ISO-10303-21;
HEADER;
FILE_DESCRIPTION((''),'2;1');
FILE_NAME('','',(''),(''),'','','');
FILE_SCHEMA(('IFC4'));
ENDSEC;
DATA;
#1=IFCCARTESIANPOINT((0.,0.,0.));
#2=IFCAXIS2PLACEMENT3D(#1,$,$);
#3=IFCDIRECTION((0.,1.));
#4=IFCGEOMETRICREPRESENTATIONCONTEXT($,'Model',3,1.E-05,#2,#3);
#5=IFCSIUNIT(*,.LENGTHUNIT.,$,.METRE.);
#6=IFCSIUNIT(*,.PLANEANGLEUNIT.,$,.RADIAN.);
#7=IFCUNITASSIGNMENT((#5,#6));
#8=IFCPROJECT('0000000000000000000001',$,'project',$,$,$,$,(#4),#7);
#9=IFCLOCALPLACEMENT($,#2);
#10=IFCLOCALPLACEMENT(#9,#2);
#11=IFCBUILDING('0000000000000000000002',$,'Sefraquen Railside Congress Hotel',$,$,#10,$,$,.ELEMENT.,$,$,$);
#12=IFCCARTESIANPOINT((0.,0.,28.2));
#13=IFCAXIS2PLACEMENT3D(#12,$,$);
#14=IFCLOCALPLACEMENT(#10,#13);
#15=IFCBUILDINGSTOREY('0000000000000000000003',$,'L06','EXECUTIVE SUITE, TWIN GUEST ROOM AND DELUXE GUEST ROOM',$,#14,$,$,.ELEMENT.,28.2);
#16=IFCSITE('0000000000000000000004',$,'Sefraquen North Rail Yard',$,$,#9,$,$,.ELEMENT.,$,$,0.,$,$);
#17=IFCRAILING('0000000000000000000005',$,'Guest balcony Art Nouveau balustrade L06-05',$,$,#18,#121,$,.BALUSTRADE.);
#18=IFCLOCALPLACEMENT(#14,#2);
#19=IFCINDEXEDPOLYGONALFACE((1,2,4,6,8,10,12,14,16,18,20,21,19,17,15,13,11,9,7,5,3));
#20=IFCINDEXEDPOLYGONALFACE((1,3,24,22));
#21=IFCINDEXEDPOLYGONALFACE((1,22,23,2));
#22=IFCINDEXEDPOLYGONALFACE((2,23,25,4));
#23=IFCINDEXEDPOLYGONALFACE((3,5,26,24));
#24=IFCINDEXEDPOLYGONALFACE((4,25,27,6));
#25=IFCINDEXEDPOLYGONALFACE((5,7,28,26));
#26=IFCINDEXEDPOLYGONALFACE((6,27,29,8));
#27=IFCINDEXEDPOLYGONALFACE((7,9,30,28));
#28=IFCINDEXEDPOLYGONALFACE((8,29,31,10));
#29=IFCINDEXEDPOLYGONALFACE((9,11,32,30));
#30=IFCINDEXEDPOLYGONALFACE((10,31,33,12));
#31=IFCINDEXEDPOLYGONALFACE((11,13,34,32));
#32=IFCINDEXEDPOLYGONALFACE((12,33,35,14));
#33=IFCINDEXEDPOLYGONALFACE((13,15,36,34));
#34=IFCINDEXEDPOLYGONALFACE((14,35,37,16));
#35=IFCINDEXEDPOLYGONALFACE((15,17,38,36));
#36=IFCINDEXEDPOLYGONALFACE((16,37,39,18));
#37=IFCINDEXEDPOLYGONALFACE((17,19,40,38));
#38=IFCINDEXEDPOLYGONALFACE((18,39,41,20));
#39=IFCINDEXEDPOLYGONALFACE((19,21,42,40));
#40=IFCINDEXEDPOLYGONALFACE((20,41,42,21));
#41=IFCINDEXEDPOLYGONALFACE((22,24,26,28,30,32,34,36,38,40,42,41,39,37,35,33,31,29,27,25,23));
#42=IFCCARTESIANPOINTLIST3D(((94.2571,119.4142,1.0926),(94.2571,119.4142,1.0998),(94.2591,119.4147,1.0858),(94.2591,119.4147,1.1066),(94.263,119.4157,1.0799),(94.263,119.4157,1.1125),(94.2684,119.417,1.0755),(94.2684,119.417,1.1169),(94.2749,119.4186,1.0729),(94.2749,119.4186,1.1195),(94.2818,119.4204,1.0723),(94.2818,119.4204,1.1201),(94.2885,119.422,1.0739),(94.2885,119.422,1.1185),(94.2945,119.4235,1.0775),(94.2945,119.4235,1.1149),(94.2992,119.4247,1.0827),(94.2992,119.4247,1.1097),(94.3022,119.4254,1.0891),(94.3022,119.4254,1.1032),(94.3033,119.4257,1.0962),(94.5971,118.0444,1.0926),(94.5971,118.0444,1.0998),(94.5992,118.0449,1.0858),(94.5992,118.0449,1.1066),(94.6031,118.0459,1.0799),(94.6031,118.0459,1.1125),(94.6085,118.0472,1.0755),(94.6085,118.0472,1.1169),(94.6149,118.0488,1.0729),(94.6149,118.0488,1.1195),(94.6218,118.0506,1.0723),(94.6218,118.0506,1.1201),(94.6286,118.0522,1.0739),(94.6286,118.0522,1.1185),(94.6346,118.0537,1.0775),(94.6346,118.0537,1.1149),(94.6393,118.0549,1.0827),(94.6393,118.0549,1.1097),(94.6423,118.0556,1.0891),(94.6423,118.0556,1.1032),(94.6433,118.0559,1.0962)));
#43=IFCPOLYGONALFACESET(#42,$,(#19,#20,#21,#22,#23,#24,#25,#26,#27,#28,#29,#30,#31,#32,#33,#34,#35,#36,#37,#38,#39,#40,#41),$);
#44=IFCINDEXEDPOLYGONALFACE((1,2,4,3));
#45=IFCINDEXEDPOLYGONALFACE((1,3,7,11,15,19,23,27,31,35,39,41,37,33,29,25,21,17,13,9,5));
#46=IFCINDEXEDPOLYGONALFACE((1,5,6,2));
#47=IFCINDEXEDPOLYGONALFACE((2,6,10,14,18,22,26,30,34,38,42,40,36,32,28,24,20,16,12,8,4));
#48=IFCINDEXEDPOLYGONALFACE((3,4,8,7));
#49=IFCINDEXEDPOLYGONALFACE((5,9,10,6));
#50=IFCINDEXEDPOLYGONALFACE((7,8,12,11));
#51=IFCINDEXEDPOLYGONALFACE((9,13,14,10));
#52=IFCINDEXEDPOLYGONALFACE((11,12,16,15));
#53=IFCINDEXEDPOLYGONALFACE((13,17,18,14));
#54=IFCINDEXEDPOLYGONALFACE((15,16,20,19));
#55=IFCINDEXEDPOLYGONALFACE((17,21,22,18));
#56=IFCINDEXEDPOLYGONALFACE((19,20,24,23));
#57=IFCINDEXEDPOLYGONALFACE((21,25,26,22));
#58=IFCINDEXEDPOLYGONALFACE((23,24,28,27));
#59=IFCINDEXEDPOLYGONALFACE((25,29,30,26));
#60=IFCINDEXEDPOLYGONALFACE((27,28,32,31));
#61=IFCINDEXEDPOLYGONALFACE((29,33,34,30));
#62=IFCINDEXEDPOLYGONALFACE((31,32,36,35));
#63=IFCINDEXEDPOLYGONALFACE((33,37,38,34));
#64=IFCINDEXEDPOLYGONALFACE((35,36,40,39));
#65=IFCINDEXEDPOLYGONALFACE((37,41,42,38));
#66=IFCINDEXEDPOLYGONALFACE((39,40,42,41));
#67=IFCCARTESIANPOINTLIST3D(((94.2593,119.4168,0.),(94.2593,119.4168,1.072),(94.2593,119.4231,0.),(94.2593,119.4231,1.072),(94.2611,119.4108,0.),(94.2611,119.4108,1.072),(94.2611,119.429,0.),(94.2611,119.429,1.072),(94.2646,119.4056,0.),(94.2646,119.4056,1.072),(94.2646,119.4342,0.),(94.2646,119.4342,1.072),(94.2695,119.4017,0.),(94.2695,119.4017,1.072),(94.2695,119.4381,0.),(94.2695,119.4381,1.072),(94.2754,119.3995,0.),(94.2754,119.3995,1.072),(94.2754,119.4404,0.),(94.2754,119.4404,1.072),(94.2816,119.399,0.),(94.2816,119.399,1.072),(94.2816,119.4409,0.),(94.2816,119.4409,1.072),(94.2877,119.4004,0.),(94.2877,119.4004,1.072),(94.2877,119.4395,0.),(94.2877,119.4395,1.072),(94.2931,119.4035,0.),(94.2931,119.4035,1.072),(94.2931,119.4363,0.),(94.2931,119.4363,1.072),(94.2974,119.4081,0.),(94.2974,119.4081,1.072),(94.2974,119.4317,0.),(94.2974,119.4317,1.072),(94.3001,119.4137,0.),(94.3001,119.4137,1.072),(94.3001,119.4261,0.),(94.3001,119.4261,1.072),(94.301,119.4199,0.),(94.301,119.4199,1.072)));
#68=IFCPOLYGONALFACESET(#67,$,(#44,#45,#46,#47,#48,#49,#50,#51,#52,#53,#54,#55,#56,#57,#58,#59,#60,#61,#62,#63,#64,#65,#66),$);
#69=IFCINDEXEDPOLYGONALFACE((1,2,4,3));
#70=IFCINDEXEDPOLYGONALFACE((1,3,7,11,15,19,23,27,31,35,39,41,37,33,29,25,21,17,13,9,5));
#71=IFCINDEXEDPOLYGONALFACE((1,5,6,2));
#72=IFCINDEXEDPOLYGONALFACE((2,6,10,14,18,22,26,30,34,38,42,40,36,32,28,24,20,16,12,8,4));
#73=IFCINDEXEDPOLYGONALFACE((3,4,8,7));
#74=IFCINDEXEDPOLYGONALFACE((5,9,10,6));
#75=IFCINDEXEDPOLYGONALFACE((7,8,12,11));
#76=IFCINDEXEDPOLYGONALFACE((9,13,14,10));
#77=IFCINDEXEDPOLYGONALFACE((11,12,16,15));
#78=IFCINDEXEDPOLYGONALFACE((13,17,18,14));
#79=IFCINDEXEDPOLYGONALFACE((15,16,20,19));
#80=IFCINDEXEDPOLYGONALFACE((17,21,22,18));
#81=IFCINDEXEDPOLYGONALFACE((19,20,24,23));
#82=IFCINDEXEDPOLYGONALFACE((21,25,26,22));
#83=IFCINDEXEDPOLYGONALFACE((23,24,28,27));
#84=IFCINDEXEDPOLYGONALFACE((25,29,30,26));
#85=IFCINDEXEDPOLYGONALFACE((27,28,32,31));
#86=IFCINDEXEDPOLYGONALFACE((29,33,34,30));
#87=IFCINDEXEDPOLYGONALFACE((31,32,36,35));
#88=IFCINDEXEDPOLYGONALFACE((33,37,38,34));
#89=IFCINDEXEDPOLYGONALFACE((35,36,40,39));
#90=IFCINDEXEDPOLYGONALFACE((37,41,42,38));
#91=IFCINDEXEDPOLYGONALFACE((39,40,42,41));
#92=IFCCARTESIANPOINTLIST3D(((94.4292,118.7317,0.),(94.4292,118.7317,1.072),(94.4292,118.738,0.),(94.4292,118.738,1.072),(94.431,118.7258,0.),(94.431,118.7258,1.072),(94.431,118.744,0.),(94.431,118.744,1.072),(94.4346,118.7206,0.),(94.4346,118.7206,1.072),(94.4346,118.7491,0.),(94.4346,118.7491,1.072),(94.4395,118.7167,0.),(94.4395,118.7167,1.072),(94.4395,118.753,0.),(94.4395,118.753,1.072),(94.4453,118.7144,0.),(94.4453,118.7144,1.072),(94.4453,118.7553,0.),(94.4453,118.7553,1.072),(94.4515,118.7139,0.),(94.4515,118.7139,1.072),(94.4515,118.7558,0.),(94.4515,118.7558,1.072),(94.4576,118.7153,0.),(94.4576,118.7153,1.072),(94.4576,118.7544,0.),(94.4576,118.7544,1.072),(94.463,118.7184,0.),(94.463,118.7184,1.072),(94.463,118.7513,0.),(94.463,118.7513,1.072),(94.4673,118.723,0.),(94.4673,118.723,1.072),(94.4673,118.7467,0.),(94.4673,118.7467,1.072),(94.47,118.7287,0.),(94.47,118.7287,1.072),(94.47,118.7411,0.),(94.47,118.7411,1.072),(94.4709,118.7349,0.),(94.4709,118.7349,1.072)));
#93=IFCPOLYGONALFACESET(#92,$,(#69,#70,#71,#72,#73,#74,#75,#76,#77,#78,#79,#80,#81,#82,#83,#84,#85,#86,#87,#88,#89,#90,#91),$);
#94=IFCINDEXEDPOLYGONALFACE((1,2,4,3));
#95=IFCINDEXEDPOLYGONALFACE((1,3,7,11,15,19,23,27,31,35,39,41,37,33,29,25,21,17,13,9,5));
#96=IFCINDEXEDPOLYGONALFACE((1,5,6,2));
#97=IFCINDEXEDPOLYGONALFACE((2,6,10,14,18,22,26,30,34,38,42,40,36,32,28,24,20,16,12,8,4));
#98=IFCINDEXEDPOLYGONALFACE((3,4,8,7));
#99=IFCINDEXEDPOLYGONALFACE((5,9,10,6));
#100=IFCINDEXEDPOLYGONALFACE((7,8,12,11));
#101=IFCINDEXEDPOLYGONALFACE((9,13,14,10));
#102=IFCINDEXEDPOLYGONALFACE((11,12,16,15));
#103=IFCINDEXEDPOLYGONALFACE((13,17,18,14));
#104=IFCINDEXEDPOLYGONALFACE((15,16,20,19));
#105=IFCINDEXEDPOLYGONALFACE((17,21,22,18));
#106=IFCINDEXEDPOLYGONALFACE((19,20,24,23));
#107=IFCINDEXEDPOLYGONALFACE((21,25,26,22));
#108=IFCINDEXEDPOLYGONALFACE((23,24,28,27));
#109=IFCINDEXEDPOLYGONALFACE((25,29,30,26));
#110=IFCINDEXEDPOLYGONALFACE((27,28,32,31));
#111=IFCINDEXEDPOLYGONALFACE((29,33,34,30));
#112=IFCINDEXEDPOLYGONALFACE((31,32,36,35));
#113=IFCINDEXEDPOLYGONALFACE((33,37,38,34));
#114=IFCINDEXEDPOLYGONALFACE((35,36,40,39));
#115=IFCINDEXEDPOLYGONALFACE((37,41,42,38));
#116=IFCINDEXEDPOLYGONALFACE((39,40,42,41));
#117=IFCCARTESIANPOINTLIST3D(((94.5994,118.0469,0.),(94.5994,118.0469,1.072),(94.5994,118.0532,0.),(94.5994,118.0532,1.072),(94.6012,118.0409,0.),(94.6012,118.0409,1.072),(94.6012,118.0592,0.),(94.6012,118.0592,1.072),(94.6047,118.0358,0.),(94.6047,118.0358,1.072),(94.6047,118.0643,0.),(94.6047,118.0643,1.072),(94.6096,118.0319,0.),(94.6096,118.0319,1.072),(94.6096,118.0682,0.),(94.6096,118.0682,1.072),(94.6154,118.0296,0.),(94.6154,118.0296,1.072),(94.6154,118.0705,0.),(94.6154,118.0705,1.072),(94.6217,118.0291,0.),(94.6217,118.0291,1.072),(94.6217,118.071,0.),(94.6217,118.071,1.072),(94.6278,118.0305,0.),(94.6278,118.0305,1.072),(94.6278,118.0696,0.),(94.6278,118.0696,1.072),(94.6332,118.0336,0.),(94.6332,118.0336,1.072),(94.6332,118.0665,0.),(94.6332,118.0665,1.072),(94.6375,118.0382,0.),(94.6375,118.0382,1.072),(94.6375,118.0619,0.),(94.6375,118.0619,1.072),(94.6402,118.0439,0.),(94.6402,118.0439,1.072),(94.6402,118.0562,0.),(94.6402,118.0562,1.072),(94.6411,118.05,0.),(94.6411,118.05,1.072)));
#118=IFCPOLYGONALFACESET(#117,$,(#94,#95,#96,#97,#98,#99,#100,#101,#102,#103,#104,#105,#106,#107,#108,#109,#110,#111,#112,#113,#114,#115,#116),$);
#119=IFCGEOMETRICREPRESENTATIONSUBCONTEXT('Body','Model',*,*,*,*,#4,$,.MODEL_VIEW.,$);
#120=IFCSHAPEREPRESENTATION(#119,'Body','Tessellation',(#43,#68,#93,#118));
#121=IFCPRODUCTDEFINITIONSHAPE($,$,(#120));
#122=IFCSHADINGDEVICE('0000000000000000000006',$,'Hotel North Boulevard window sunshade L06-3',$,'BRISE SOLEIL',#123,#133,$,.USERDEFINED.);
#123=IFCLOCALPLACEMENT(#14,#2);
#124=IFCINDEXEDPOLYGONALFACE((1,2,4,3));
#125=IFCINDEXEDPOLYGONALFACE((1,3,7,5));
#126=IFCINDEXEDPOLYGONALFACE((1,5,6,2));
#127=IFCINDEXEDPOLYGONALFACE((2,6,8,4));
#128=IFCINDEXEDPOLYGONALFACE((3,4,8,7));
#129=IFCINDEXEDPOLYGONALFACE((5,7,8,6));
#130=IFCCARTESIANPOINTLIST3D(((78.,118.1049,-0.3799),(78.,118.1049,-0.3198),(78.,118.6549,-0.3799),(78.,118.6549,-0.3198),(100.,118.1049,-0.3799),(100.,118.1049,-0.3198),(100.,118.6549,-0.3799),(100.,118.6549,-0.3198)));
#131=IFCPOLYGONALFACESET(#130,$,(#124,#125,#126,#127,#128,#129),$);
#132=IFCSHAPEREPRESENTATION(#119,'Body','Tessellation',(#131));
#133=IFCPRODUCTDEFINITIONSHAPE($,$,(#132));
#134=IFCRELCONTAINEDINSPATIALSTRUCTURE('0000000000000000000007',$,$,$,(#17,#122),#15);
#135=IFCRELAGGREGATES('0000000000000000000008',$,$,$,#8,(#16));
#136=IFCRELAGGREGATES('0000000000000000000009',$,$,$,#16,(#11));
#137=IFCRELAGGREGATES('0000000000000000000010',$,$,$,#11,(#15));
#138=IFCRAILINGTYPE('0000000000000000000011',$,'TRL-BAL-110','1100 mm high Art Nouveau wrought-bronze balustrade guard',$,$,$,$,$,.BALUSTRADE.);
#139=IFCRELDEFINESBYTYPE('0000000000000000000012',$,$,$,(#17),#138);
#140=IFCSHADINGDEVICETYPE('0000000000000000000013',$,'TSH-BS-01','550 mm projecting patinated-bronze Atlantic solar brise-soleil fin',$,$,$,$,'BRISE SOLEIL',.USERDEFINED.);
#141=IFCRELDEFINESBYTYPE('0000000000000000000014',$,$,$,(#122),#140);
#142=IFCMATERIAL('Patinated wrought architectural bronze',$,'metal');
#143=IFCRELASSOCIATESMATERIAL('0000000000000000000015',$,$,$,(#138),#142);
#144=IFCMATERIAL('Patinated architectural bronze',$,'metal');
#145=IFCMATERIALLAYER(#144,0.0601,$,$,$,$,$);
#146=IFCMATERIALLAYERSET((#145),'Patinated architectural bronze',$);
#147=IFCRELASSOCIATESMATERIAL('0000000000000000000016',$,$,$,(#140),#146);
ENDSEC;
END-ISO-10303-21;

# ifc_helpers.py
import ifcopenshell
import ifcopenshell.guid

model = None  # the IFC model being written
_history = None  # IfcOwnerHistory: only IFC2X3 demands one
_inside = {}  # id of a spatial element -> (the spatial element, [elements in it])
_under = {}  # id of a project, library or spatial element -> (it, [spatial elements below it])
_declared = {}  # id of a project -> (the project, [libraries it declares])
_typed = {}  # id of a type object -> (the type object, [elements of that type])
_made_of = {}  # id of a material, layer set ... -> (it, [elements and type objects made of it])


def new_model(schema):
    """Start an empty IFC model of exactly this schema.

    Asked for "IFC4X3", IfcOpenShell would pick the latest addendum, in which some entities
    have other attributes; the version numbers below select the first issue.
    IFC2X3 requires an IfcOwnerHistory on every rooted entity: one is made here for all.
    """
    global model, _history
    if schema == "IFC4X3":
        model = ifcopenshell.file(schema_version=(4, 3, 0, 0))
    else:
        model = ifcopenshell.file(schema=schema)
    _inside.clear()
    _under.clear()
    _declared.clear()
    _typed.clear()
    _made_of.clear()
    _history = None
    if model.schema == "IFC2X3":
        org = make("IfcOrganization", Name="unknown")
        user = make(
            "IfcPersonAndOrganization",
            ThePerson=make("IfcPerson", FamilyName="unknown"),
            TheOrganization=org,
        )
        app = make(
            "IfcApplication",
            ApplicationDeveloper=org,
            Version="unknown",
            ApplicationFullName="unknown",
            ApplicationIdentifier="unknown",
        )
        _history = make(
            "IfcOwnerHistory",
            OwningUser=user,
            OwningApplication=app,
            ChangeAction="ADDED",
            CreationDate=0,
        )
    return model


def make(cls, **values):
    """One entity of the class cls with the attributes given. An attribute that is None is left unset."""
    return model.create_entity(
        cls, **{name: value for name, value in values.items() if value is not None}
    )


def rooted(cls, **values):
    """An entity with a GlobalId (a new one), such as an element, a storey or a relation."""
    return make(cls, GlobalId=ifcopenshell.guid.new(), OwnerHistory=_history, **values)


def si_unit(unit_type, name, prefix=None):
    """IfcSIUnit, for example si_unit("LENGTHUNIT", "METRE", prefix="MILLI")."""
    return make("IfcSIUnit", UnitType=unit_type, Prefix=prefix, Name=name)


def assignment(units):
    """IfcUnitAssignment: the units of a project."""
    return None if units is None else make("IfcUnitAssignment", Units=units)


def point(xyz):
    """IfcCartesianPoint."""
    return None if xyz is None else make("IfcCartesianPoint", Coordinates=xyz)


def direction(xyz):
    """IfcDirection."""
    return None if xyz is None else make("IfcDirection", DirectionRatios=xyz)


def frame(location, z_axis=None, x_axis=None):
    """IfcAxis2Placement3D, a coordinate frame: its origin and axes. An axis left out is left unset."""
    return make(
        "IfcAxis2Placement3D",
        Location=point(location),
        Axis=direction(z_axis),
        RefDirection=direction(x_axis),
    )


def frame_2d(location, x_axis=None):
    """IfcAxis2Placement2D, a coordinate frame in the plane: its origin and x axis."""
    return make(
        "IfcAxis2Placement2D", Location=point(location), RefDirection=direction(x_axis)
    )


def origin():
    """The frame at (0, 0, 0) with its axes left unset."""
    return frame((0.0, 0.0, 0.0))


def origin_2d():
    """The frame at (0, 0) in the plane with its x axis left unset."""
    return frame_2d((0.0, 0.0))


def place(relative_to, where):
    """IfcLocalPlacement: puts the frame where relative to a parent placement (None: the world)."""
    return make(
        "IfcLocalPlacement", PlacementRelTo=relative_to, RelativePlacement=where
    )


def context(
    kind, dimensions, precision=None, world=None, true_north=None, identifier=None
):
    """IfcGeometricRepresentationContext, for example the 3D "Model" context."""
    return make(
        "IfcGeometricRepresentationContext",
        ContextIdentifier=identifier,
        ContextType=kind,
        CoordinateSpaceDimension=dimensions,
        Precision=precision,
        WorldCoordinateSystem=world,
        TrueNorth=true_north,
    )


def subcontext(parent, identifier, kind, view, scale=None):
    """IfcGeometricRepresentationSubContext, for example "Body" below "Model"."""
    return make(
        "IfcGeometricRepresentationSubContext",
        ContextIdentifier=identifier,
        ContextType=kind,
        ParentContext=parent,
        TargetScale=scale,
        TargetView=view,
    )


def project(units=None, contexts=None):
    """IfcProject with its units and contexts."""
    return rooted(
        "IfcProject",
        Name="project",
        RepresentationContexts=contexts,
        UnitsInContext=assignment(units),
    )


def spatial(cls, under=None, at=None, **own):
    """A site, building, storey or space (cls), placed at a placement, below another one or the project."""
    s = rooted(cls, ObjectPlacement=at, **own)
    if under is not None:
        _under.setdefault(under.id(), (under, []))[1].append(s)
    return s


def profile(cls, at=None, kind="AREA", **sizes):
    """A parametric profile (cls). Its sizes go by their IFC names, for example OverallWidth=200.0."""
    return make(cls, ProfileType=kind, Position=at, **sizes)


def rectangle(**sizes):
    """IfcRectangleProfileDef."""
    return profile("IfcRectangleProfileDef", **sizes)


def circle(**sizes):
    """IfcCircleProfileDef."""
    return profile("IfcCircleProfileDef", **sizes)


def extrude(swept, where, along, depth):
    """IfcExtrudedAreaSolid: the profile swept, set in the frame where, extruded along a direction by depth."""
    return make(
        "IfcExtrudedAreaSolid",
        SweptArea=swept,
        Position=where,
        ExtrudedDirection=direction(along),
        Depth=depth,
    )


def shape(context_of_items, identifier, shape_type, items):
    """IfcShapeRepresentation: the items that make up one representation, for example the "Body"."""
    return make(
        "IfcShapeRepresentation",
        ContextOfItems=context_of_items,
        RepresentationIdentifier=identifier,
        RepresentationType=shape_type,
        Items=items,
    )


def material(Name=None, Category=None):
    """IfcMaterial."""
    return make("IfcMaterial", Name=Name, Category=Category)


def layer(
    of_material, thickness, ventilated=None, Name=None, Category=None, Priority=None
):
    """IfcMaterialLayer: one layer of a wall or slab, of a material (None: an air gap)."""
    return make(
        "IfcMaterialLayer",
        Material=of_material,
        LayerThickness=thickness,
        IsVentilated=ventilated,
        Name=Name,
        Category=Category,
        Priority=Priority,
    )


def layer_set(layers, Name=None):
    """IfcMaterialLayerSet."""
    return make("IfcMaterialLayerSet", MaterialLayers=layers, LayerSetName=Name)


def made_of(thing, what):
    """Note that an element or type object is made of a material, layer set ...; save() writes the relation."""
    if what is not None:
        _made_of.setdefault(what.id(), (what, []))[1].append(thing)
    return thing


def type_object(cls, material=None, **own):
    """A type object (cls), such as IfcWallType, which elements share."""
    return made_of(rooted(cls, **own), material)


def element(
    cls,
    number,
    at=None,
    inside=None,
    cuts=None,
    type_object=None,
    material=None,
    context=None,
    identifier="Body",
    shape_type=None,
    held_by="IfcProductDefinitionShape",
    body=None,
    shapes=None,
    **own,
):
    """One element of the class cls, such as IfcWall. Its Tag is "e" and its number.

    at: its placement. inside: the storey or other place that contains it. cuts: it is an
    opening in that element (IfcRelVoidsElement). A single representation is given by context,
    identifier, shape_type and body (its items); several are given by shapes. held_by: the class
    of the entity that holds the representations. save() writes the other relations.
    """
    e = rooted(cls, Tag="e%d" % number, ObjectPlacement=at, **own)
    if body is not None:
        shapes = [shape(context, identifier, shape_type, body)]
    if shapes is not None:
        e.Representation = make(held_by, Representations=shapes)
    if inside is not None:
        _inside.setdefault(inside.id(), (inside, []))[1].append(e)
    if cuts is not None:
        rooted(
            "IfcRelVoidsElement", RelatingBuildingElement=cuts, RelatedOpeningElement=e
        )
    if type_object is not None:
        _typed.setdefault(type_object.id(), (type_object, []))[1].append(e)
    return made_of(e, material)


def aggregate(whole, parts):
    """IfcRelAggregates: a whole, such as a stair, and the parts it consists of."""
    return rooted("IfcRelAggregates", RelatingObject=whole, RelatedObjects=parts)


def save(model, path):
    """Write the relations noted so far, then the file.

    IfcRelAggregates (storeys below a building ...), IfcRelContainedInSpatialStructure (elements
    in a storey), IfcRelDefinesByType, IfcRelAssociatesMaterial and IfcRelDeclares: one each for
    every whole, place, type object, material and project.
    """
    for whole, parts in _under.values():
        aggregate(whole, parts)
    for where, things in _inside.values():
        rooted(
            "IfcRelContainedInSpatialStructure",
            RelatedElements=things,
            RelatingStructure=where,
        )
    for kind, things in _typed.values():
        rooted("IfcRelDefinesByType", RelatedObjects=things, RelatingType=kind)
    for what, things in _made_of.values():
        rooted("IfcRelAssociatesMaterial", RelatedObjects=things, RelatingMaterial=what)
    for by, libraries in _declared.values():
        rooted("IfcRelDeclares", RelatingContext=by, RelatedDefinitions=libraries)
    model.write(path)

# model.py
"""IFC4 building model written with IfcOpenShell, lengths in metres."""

from ifc_helpers import new_model, si_unit, direction, frame, origin, origin_2d, place, context, subcontext, project, spatial, rectangle, circle, extrude, material, layer, layer_set, type_object, element, save


model = new_model("IFC4")

# Units and contexts
model_context = context("Model", 3, precision=1e-05, world=origin(), true_north=direction((0.0, 1.0)))
body_context = subcontext(model_context, "Body", "Model", "MODEL_VIEW")
ifc_project = project(units=[si_unit("LENGTHUNIT", "METRE"), si_unit("PLANEANGLEUNIT", "RADIAN")], contexts=[model_context])

# Site, building, storey
site_placement = place(None, origin())
site = spatial("IfcSite", under=ifc_project, at=site_placement, Name="Sefraquen North Rail Yard", CompositionType="ELEMENT", RefElevation=0.0)
building_placement = place(site_placement, origin())
building = spatial("IfcBuilding", under=site, at=building_placement, Name="Sefraquen Railside Congress Hotel", CompositionType="ELEMENT")
storey_placement = place(building_placement, frame((0.0, 0.0, 28.2)))
storey = spatial("IfcBuildingStorey", under=building, at=storey_placement, Name="L06", Description="EXECUTIVE SUITE, TWIN GUEST ROOM AND DELUXE GUEST ROOM", CompositionType="ELEMENT", Elevation=28.2)

# Railing
ifc_material_1 = material(Name="Patinated wrought architectural bronze", Category="metal")
railing_type = type_object("IfcRailingType", Name="TRL-BAL-110", Description="1100 mm high Art Nouveau wrought-bronze balustrade guard", PredefinedType="BALUSTRADE", material=ifc_material_1)
railing_1_placement = place(storey_placement, frame((94.28, 119.4199, 0.0)))
element("IfcRailing", 1, at=railing_1_placement, inside=storey, type_object=railing_type, Name="Guest balcony Art Nouveau balustrade L06-05", PredefinedType="BALUSTRADE", context=body_context, shape_type="SweptSolid", body=[
    extrude(circle(Radius=0.0239, at=origin_2d()), frame((0.0, 0.0, 1.0962), z_axis=(0.240948, -0.970538, 0.0), x_axis=(0.970538, 0.240948, 0.0)), (0.0, 0.0, 1.0), 1.4114),
    extrude(circle(Radius=0.021, at=origin_2d()), origin(), (0.0, 0.0, 1.0), 1.072),
    extrude(circle(Radius=0.021, at=origin_2d()), frame((0.1699, -0.6851, 0.0)), (0.0, 0.0, 1.0), 1.072),
    extrude(circle(Radius=0.021, at=origin_2d()), frame((0.3401, -1.3699, 0.0)), (0.0, 0.0, 1.0), 1.072),
])

# Shading device
ifc_material_2 = material(Name="Patinated architectural bronze", Category="metal")
ifc_layer_1 = layer(ifc_material_2, 0.0601)
ifc_layer_set_1 = layer_set([ifc_layer_1], Name="Patinated architectural bronze")
shading_device_type = type_object("IfcShadingDeviceType", Name="TSH-BS-01", Description="550 mm projecting patinated-bronze Atlantic solar brise-soleil fin", ElementType="BRISE SOLEIL", PredefinedType="USERDEFINED", material=ifc_layer_set_1)
shading_device_placement = place(storey_placement, frame((89.0, 118.3799, -0.3799), z_axis=(0.0, 0.0, 1.0), x_axis=(1.0, 0.0, 0.0)))
element("IfcShadingDevice", 2, at=shading_device_placement, inside=storey, type_object=shading_device_type, Name="Hotel North Boulevard window sunshade L06-3", ObjectType="BRISE SOLEIL", PredefinedType="USERDEFINED", context=body_context, shape_type="SweptSolid", body=[
    extrude(rectangle(XDim=22.0, YDim=0.55, at=origin_2d()), origin(), (0.0, 0.0, 1.0), 0.0601),
])

save(model, "model.ifc")
